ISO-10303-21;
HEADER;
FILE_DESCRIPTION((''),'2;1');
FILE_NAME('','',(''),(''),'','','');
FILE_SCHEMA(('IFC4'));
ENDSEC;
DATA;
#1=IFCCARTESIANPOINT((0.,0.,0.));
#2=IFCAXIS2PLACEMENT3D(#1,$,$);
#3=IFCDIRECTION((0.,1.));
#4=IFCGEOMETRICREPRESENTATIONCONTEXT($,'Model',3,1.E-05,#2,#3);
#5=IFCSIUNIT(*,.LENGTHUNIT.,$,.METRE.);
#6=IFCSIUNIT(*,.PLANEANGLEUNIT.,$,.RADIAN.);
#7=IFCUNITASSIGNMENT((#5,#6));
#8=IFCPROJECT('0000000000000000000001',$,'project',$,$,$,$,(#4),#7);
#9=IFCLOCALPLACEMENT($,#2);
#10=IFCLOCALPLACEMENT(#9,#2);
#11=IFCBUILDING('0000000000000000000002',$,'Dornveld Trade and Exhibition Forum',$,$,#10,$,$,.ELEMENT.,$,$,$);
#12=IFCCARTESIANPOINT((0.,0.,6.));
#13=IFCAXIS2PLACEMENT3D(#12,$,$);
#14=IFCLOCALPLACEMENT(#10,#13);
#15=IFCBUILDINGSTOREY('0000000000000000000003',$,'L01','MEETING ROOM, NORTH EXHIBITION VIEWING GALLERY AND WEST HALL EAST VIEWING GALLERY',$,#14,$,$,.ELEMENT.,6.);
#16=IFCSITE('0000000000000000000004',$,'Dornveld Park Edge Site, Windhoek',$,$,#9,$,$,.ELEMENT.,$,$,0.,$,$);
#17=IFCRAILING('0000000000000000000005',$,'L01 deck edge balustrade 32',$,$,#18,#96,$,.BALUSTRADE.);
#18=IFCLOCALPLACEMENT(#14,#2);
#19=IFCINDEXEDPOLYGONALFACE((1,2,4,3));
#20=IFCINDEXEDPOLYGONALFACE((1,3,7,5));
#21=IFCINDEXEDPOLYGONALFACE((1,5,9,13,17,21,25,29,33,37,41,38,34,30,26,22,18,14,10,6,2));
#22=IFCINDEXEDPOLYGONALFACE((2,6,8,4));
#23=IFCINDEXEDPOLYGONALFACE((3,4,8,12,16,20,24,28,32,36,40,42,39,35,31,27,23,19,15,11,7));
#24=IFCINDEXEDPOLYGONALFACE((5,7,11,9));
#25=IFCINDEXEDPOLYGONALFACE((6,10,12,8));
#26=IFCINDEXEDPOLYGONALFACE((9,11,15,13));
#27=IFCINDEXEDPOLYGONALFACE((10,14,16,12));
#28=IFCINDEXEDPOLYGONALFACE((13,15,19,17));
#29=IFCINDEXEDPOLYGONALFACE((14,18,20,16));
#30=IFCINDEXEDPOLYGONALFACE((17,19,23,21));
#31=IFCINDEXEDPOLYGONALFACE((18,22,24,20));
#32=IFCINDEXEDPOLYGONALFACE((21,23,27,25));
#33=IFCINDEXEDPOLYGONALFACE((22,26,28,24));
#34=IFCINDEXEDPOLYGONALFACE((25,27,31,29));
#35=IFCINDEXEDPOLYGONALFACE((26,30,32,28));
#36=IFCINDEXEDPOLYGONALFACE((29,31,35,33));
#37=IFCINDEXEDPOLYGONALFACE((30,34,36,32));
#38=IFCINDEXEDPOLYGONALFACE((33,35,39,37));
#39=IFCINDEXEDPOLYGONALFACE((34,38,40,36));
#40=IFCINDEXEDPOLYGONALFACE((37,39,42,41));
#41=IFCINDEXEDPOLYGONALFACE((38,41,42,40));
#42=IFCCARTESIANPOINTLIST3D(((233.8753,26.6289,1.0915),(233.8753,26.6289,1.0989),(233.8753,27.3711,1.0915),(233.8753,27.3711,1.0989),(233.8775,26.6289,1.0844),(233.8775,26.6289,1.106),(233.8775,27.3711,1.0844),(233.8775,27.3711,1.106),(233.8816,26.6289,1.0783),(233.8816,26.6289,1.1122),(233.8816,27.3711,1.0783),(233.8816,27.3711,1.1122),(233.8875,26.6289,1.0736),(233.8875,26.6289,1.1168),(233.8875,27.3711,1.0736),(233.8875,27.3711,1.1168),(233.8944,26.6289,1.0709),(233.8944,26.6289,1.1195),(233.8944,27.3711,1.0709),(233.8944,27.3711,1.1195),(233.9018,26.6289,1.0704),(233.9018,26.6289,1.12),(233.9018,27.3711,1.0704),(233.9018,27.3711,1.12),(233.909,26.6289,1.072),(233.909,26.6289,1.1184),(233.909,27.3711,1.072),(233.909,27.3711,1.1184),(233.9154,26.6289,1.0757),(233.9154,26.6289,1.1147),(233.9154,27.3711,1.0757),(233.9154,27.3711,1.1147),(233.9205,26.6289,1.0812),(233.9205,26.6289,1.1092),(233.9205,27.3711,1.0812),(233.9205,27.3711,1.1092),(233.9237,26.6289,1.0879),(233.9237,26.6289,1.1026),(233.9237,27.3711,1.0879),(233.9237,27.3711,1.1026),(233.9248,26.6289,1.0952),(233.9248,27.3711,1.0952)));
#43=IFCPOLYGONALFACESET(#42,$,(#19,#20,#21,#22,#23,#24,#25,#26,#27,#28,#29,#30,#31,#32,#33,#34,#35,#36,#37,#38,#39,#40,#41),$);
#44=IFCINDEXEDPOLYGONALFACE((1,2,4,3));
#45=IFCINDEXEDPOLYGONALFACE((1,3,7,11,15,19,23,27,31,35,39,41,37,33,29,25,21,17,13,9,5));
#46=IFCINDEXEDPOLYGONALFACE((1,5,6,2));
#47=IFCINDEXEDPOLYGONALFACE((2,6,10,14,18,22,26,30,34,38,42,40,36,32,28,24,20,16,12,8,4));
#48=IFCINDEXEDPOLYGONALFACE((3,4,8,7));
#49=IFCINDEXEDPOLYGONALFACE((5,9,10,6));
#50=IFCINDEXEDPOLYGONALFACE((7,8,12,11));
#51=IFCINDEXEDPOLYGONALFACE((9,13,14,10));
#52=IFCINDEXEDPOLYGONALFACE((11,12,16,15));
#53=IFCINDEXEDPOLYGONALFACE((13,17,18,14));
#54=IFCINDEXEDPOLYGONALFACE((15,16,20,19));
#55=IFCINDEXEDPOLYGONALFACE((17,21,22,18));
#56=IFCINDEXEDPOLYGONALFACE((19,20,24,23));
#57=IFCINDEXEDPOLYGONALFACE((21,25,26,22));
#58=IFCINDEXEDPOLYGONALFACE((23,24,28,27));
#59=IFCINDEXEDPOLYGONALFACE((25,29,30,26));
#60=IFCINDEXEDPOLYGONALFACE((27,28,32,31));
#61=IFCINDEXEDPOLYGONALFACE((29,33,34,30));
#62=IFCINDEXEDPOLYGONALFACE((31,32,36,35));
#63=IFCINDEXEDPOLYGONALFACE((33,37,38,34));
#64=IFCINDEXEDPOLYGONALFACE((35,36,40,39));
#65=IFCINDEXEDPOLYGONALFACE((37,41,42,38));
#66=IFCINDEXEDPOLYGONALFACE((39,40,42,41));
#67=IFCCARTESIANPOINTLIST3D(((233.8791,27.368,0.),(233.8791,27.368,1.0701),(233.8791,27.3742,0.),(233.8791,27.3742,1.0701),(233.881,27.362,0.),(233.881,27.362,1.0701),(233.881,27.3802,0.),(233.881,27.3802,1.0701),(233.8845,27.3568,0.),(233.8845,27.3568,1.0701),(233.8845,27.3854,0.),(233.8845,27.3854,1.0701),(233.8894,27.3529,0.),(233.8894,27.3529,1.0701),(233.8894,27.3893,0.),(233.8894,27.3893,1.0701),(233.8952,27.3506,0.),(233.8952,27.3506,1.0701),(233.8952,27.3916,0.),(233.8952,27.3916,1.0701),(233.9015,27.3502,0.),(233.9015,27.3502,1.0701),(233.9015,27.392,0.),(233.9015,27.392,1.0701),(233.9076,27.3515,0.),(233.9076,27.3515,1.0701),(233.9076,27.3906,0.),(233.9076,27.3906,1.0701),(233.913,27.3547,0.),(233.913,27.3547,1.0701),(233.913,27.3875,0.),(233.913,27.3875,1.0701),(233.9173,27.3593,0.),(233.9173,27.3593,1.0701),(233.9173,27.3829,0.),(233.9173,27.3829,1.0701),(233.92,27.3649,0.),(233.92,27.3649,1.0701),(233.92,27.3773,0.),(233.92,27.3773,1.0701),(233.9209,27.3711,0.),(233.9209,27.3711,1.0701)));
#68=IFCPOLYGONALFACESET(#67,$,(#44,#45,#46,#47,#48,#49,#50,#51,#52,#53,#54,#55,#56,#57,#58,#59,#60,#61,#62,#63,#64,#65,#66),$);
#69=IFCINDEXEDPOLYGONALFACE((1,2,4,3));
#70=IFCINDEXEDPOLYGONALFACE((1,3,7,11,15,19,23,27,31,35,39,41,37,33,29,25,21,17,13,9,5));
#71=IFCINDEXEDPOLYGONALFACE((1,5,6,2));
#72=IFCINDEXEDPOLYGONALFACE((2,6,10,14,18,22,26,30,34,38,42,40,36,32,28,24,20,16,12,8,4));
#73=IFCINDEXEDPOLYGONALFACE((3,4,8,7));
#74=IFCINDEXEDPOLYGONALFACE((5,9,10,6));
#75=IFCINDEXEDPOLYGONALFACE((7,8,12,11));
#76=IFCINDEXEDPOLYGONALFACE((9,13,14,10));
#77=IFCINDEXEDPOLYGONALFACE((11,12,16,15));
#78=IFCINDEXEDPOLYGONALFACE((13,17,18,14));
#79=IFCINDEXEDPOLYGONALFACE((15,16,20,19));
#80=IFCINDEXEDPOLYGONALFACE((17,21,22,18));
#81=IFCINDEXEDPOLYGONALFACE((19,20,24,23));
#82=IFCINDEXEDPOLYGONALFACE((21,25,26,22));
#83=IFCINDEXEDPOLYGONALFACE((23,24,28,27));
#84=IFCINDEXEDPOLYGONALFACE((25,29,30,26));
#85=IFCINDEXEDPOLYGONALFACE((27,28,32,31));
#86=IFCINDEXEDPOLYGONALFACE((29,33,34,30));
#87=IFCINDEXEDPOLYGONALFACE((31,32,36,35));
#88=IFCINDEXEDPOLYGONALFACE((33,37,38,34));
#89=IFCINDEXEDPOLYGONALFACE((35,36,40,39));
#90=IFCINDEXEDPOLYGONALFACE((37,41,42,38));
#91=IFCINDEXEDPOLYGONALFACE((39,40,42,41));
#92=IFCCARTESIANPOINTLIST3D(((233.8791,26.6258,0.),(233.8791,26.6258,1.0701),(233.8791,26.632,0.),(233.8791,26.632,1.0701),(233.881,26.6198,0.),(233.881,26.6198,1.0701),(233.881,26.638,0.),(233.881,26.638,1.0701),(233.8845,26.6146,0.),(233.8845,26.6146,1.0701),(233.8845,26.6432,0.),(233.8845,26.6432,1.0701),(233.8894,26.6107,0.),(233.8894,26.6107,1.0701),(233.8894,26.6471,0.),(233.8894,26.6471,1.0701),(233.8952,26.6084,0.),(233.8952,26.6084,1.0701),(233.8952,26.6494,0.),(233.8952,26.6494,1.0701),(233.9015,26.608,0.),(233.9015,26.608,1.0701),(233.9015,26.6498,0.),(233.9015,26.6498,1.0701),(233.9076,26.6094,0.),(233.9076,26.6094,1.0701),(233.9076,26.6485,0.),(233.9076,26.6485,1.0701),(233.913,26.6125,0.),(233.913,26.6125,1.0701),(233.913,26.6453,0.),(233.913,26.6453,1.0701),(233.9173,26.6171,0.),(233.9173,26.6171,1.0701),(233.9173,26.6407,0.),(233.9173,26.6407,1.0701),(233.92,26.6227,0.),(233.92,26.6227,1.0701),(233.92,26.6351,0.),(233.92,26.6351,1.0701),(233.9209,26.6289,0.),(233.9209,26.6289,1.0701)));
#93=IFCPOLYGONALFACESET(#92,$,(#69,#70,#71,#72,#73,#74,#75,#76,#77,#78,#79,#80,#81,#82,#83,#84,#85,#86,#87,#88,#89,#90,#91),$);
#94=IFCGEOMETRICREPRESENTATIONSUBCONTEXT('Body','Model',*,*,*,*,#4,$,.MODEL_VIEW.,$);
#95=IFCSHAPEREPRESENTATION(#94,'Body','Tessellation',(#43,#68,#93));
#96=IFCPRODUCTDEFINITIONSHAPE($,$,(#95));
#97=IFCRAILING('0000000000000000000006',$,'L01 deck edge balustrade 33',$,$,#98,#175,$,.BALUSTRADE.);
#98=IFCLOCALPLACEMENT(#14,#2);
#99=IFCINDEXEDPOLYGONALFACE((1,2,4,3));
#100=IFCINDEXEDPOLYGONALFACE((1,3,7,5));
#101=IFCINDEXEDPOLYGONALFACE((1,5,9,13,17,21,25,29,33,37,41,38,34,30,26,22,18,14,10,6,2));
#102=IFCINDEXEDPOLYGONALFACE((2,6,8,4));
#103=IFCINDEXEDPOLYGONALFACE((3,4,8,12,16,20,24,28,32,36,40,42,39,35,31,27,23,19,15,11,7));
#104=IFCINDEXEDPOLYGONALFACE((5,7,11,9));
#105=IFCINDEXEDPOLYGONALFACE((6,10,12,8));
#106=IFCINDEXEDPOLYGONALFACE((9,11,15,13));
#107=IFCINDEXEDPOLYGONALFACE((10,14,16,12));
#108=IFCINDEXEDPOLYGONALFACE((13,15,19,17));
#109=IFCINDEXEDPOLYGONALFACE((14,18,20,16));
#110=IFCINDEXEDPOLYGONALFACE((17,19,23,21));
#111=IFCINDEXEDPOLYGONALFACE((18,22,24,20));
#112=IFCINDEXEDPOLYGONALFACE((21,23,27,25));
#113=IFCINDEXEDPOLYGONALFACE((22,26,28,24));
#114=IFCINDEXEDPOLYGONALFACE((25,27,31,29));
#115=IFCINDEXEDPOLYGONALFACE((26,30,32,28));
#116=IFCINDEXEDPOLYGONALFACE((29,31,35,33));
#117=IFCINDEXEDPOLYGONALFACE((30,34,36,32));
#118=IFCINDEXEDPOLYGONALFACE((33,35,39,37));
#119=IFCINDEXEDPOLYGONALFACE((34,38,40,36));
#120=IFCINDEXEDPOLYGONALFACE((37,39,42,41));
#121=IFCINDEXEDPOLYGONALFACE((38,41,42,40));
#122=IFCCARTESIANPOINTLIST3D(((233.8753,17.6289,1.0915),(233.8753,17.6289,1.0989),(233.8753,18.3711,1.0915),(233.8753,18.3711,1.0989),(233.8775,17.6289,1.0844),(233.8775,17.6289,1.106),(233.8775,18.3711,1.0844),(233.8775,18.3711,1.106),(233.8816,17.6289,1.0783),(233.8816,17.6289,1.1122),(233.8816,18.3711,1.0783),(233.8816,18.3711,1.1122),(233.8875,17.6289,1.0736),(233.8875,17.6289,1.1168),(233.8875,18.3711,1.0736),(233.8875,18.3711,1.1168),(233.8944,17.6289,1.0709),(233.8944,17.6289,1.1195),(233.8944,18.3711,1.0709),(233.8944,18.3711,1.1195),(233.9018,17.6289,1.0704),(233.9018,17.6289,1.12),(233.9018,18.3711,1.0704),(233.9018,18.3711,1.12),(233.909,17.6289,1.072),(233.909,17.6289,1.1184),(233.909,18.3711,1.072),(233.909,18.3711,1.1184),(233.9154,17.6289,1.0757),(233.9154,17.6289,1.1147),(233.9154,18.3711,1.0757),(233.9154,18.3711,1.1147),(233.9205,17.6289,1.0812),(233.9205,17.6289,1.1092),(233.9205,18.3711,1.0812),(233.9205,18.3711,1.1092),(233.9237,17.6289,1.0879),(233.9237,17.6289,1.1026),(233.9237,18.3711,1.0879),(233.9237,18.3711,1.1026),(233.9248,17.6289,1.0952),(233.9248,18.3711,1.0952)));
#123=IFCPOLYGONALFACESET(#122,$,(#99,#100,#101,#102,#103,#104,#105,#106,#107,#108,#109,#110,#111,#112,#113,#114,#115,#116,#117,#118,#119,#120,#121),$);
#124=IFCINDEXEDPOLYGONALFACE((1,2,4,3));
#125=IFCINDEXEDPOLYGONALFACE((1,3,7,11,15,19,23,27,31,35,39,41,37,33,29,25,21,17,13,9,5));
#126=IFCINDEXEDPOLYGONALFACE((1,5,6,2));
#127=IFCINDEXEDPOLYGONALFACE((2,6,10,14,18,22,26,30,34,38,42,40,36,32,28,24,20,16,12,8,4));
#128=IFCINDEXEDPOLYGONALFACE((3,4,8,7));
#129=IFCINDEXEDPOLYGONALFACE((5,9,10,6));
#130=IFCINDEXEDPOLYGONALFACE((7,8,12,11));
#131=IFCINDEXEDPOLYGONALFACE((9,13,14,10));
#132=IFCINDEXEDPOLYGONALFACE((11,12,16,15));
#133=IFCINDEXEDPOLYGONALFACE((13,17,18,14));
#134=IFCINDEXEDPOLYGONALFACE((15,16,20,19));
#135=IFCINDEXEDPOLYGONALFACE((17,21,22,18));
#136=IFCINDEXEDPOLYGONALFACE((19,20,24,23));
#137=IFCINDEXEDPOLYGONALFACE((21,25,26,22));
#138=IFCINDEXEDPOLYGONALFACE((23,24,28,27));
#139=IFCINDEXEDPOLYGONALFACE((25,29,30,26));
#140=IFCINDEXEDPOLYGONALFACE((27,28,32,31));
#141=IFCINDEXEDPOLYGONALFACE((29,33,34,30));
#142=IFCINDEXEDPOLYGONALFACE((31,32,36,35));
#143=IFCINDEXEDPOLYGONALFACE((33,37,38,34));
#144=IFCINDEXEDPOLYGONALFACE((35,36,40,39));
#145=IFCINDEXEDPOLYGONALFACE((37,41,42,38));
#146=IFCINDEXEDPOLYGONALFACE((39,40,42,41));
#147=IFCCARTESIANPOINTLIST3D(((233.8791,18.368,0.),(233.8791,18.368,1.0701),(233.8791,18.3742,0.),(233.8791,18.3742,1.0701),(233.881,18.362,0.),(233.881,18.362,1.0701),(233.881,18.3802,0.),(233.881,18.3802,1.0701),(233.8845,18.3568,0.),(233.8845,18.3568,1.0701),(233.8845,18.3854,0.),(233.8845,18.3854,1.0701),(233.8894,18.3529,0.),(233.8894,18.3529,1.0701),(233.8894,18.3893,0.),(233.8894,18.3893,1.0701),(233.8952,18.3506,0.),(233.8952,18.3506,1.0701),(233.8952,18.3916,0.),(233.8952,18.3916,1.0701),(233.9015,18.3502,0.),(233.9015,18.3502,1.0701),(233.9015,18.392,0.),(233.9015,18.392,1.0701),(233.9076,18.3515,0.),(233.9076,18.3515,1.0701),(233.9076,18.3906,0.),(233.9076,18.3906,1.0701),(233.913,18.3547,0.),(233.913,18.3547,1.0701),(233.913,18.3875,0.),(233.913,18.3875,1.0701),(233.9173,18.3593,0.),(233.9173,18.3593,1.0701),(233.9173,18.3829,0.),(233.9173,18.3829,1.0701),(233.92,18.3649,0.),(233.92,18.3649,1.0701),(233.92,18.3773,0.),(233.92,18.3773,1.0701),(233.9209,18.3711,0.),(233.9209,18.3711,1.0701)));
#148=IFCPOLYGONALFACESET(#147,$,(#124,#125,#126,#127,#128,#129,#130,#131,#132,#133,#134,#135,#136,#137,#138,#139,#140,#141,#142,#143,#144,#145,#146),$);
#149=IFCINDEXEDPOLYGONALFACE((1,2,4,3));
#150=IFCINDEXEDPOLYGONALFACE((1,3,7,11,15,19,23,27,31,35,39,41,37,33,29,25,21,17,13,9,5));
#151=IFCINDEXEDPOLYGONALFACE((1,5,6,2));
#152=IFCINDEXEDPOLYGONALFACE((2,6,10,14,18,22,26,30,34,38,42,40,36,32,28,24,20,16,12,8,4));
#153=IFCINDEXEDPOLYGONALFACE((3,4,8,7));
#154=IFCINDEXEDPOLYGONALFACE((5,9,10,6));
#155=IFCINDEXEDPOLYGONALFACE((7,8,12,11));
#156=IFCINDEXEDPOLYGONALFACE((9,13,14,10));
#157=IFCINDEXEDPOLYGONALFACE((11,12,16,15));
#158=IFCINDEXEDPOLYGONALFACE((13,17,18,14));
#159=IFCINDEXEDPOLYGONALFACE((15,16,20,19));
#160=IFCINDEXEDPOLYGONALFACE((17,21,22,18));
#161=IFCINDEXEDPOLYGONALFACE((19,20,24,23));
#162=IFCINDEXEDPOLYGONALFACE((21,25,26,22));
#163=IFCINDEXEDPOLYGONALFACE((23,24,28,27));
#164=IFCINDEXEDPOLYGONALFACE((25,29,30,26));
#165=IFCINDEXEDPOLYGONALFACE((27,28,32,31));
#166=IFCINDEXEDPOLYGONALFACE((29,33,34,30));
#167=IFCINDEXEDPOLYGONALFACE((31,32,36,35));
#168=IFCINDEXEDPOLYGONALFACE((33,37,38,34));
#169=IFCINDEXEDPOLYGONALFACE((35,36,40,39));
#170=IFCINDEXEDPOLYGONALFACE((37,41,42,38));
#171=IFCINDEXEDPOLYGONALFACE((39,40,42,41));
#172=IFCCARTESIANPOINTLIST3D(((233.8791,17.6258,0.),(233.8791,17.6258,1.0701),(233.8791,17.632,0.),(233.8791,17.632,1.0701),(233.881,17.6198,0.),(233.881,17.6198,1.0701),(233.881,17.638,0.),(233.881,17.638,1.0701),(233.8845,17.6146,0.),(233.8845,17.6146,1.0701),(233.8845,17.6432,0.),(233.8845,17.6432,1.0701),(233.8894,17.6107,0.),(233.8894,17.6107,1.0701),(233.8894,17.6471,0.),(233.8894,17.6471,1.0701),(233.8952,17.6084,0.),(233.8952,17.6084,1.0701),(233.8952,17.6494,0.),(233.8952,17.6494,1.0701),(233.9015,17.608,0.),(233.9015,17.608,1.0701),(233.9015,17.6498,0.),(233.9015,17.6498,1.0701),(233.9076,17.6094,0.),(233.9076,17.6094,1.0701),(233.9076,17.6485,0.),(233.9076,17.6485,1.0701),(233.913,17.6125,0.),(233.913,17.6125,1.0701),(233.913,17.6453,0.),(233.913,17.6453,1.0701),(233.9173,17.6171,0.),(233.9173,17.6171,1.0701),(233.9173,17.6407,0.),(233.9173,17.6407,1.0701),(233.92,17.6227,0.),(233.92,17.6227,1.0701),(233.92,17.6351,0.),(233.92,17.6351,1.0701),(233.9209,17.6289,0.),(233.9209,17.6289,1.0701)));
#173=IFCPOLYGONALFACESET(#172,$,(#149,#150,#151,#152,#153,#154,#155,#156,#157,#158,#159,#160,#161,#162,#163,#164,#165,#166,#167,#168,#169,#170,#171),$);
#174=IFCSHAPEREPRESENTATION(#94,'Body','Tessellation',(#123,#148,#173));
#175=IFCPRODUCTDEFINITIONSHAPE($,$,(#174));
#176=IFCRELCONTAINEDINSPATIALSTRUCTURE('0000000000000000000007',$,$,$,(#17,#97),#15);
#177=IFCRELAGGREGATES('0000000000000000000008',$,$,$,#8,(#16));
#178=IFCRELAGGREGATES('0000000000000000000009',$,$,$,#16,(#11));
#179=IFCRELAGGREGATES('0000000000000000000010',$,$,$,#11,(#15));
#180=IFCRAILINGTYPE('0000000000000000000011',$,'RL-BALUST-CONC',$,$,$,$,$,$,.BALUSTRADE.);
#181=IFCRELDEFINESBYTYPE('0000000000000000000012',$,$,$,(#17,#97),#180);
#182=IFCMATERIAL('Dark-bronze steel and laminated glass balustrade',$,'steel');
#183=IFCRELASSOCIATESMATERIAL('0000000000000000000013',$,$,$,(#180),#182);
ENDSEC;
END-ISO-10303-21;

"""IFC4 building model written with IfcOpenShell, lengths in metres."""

from ifc_helpers import new_model, si_unit, direction, frame, origin, origin_2d, place, context, subcontext, project, spatial, circle, extrude, material, type_object, element, save


model = new_model("IFC4")

# Units and contexts
model_context = context("Model", 3, precision=1e-05, world=origin(), true_north=direction((0.0, 1.0)))
body_context = subcontext(model_context, "Body", "Model", "MODEL_VIEW")
ifc_project = project(units=[si_unit("LENGTHUNIT", "METRE"), si_unit("PLANEANGLEUNIT", "RADIAN")], contexts=[model_context])

# Site, building, storey
site_placement = place(None, origin())
site = spatial("IfcSite", under=ifc_project, at=site_placement, Name="Dornveld Park Edge Site, Windhoek", CompositionType="ELEMENT", RefElevation=0.0)
building_placement = place(site_placement, origin())
building = spatial("IfcBuilding", under=site, at=building_placement, Name="Dornveld Trade and Exhibition Forum", CompositionType="ELEMENT")
storey_placement = place(building_placement, frame((0.0, 0.0, 6.0)))
storey = spatial("IfcBuildingStorey", under=building, at=storey_placement, Name="L01", Description="MEETING ROOM, NORTH EXHIBITION VIEWING GALLERY AND WEST HALL EAST VIEWING GALLERY", CompositionType="ELEMENT", Elevation=6.0)

# Railings
ifc_material_1 = material(Name="Dark-bronze steel and laminated glass balustrade", Category="steel")
railing_type_1 = type_object("IfcRailingType", Name="RL-BALUST-CONC", PredefinedType="BALUSTRADE", material=ifc_material_1)
for number, where, name in (
    (1, (233.8999, 27.3711, 0.0), "L01 deck edge balustrade 32"),
    (2, (233.8999, 18.3711, 0.0), "L01 deck edge balustrade 33"),
):
    element("IfcRailing", number, at=place(storey_placement, frame(where)), inside=storey, type_object=railing_type_1, Name=name, PredefinedType="BALUSTRADE", context=body_context, shape_type="SweptSolid", body=[
        extrude(circle(Radius=0.0249, at=origin_2d()), frame((0.0, 0.0, 1.0952), z_axis=(0.0, -1.0, 0.0), x_axis=(1.0, 0.0, 0.0)), (0.0, 0.0, 1.0), 0.7422),
        extrude(circle(Radius=0.021, at=origin_2d()), origin(), (0.0, 0.0, 1.0), 1.0701),
        extrude(circle(Radius=0.021, at=origin_2d()), frame((0.0, -0.7422, 0.0)), (0.0, 0.0, 1.0), 1.0701),
    ])

save(model, "model.ifc")
